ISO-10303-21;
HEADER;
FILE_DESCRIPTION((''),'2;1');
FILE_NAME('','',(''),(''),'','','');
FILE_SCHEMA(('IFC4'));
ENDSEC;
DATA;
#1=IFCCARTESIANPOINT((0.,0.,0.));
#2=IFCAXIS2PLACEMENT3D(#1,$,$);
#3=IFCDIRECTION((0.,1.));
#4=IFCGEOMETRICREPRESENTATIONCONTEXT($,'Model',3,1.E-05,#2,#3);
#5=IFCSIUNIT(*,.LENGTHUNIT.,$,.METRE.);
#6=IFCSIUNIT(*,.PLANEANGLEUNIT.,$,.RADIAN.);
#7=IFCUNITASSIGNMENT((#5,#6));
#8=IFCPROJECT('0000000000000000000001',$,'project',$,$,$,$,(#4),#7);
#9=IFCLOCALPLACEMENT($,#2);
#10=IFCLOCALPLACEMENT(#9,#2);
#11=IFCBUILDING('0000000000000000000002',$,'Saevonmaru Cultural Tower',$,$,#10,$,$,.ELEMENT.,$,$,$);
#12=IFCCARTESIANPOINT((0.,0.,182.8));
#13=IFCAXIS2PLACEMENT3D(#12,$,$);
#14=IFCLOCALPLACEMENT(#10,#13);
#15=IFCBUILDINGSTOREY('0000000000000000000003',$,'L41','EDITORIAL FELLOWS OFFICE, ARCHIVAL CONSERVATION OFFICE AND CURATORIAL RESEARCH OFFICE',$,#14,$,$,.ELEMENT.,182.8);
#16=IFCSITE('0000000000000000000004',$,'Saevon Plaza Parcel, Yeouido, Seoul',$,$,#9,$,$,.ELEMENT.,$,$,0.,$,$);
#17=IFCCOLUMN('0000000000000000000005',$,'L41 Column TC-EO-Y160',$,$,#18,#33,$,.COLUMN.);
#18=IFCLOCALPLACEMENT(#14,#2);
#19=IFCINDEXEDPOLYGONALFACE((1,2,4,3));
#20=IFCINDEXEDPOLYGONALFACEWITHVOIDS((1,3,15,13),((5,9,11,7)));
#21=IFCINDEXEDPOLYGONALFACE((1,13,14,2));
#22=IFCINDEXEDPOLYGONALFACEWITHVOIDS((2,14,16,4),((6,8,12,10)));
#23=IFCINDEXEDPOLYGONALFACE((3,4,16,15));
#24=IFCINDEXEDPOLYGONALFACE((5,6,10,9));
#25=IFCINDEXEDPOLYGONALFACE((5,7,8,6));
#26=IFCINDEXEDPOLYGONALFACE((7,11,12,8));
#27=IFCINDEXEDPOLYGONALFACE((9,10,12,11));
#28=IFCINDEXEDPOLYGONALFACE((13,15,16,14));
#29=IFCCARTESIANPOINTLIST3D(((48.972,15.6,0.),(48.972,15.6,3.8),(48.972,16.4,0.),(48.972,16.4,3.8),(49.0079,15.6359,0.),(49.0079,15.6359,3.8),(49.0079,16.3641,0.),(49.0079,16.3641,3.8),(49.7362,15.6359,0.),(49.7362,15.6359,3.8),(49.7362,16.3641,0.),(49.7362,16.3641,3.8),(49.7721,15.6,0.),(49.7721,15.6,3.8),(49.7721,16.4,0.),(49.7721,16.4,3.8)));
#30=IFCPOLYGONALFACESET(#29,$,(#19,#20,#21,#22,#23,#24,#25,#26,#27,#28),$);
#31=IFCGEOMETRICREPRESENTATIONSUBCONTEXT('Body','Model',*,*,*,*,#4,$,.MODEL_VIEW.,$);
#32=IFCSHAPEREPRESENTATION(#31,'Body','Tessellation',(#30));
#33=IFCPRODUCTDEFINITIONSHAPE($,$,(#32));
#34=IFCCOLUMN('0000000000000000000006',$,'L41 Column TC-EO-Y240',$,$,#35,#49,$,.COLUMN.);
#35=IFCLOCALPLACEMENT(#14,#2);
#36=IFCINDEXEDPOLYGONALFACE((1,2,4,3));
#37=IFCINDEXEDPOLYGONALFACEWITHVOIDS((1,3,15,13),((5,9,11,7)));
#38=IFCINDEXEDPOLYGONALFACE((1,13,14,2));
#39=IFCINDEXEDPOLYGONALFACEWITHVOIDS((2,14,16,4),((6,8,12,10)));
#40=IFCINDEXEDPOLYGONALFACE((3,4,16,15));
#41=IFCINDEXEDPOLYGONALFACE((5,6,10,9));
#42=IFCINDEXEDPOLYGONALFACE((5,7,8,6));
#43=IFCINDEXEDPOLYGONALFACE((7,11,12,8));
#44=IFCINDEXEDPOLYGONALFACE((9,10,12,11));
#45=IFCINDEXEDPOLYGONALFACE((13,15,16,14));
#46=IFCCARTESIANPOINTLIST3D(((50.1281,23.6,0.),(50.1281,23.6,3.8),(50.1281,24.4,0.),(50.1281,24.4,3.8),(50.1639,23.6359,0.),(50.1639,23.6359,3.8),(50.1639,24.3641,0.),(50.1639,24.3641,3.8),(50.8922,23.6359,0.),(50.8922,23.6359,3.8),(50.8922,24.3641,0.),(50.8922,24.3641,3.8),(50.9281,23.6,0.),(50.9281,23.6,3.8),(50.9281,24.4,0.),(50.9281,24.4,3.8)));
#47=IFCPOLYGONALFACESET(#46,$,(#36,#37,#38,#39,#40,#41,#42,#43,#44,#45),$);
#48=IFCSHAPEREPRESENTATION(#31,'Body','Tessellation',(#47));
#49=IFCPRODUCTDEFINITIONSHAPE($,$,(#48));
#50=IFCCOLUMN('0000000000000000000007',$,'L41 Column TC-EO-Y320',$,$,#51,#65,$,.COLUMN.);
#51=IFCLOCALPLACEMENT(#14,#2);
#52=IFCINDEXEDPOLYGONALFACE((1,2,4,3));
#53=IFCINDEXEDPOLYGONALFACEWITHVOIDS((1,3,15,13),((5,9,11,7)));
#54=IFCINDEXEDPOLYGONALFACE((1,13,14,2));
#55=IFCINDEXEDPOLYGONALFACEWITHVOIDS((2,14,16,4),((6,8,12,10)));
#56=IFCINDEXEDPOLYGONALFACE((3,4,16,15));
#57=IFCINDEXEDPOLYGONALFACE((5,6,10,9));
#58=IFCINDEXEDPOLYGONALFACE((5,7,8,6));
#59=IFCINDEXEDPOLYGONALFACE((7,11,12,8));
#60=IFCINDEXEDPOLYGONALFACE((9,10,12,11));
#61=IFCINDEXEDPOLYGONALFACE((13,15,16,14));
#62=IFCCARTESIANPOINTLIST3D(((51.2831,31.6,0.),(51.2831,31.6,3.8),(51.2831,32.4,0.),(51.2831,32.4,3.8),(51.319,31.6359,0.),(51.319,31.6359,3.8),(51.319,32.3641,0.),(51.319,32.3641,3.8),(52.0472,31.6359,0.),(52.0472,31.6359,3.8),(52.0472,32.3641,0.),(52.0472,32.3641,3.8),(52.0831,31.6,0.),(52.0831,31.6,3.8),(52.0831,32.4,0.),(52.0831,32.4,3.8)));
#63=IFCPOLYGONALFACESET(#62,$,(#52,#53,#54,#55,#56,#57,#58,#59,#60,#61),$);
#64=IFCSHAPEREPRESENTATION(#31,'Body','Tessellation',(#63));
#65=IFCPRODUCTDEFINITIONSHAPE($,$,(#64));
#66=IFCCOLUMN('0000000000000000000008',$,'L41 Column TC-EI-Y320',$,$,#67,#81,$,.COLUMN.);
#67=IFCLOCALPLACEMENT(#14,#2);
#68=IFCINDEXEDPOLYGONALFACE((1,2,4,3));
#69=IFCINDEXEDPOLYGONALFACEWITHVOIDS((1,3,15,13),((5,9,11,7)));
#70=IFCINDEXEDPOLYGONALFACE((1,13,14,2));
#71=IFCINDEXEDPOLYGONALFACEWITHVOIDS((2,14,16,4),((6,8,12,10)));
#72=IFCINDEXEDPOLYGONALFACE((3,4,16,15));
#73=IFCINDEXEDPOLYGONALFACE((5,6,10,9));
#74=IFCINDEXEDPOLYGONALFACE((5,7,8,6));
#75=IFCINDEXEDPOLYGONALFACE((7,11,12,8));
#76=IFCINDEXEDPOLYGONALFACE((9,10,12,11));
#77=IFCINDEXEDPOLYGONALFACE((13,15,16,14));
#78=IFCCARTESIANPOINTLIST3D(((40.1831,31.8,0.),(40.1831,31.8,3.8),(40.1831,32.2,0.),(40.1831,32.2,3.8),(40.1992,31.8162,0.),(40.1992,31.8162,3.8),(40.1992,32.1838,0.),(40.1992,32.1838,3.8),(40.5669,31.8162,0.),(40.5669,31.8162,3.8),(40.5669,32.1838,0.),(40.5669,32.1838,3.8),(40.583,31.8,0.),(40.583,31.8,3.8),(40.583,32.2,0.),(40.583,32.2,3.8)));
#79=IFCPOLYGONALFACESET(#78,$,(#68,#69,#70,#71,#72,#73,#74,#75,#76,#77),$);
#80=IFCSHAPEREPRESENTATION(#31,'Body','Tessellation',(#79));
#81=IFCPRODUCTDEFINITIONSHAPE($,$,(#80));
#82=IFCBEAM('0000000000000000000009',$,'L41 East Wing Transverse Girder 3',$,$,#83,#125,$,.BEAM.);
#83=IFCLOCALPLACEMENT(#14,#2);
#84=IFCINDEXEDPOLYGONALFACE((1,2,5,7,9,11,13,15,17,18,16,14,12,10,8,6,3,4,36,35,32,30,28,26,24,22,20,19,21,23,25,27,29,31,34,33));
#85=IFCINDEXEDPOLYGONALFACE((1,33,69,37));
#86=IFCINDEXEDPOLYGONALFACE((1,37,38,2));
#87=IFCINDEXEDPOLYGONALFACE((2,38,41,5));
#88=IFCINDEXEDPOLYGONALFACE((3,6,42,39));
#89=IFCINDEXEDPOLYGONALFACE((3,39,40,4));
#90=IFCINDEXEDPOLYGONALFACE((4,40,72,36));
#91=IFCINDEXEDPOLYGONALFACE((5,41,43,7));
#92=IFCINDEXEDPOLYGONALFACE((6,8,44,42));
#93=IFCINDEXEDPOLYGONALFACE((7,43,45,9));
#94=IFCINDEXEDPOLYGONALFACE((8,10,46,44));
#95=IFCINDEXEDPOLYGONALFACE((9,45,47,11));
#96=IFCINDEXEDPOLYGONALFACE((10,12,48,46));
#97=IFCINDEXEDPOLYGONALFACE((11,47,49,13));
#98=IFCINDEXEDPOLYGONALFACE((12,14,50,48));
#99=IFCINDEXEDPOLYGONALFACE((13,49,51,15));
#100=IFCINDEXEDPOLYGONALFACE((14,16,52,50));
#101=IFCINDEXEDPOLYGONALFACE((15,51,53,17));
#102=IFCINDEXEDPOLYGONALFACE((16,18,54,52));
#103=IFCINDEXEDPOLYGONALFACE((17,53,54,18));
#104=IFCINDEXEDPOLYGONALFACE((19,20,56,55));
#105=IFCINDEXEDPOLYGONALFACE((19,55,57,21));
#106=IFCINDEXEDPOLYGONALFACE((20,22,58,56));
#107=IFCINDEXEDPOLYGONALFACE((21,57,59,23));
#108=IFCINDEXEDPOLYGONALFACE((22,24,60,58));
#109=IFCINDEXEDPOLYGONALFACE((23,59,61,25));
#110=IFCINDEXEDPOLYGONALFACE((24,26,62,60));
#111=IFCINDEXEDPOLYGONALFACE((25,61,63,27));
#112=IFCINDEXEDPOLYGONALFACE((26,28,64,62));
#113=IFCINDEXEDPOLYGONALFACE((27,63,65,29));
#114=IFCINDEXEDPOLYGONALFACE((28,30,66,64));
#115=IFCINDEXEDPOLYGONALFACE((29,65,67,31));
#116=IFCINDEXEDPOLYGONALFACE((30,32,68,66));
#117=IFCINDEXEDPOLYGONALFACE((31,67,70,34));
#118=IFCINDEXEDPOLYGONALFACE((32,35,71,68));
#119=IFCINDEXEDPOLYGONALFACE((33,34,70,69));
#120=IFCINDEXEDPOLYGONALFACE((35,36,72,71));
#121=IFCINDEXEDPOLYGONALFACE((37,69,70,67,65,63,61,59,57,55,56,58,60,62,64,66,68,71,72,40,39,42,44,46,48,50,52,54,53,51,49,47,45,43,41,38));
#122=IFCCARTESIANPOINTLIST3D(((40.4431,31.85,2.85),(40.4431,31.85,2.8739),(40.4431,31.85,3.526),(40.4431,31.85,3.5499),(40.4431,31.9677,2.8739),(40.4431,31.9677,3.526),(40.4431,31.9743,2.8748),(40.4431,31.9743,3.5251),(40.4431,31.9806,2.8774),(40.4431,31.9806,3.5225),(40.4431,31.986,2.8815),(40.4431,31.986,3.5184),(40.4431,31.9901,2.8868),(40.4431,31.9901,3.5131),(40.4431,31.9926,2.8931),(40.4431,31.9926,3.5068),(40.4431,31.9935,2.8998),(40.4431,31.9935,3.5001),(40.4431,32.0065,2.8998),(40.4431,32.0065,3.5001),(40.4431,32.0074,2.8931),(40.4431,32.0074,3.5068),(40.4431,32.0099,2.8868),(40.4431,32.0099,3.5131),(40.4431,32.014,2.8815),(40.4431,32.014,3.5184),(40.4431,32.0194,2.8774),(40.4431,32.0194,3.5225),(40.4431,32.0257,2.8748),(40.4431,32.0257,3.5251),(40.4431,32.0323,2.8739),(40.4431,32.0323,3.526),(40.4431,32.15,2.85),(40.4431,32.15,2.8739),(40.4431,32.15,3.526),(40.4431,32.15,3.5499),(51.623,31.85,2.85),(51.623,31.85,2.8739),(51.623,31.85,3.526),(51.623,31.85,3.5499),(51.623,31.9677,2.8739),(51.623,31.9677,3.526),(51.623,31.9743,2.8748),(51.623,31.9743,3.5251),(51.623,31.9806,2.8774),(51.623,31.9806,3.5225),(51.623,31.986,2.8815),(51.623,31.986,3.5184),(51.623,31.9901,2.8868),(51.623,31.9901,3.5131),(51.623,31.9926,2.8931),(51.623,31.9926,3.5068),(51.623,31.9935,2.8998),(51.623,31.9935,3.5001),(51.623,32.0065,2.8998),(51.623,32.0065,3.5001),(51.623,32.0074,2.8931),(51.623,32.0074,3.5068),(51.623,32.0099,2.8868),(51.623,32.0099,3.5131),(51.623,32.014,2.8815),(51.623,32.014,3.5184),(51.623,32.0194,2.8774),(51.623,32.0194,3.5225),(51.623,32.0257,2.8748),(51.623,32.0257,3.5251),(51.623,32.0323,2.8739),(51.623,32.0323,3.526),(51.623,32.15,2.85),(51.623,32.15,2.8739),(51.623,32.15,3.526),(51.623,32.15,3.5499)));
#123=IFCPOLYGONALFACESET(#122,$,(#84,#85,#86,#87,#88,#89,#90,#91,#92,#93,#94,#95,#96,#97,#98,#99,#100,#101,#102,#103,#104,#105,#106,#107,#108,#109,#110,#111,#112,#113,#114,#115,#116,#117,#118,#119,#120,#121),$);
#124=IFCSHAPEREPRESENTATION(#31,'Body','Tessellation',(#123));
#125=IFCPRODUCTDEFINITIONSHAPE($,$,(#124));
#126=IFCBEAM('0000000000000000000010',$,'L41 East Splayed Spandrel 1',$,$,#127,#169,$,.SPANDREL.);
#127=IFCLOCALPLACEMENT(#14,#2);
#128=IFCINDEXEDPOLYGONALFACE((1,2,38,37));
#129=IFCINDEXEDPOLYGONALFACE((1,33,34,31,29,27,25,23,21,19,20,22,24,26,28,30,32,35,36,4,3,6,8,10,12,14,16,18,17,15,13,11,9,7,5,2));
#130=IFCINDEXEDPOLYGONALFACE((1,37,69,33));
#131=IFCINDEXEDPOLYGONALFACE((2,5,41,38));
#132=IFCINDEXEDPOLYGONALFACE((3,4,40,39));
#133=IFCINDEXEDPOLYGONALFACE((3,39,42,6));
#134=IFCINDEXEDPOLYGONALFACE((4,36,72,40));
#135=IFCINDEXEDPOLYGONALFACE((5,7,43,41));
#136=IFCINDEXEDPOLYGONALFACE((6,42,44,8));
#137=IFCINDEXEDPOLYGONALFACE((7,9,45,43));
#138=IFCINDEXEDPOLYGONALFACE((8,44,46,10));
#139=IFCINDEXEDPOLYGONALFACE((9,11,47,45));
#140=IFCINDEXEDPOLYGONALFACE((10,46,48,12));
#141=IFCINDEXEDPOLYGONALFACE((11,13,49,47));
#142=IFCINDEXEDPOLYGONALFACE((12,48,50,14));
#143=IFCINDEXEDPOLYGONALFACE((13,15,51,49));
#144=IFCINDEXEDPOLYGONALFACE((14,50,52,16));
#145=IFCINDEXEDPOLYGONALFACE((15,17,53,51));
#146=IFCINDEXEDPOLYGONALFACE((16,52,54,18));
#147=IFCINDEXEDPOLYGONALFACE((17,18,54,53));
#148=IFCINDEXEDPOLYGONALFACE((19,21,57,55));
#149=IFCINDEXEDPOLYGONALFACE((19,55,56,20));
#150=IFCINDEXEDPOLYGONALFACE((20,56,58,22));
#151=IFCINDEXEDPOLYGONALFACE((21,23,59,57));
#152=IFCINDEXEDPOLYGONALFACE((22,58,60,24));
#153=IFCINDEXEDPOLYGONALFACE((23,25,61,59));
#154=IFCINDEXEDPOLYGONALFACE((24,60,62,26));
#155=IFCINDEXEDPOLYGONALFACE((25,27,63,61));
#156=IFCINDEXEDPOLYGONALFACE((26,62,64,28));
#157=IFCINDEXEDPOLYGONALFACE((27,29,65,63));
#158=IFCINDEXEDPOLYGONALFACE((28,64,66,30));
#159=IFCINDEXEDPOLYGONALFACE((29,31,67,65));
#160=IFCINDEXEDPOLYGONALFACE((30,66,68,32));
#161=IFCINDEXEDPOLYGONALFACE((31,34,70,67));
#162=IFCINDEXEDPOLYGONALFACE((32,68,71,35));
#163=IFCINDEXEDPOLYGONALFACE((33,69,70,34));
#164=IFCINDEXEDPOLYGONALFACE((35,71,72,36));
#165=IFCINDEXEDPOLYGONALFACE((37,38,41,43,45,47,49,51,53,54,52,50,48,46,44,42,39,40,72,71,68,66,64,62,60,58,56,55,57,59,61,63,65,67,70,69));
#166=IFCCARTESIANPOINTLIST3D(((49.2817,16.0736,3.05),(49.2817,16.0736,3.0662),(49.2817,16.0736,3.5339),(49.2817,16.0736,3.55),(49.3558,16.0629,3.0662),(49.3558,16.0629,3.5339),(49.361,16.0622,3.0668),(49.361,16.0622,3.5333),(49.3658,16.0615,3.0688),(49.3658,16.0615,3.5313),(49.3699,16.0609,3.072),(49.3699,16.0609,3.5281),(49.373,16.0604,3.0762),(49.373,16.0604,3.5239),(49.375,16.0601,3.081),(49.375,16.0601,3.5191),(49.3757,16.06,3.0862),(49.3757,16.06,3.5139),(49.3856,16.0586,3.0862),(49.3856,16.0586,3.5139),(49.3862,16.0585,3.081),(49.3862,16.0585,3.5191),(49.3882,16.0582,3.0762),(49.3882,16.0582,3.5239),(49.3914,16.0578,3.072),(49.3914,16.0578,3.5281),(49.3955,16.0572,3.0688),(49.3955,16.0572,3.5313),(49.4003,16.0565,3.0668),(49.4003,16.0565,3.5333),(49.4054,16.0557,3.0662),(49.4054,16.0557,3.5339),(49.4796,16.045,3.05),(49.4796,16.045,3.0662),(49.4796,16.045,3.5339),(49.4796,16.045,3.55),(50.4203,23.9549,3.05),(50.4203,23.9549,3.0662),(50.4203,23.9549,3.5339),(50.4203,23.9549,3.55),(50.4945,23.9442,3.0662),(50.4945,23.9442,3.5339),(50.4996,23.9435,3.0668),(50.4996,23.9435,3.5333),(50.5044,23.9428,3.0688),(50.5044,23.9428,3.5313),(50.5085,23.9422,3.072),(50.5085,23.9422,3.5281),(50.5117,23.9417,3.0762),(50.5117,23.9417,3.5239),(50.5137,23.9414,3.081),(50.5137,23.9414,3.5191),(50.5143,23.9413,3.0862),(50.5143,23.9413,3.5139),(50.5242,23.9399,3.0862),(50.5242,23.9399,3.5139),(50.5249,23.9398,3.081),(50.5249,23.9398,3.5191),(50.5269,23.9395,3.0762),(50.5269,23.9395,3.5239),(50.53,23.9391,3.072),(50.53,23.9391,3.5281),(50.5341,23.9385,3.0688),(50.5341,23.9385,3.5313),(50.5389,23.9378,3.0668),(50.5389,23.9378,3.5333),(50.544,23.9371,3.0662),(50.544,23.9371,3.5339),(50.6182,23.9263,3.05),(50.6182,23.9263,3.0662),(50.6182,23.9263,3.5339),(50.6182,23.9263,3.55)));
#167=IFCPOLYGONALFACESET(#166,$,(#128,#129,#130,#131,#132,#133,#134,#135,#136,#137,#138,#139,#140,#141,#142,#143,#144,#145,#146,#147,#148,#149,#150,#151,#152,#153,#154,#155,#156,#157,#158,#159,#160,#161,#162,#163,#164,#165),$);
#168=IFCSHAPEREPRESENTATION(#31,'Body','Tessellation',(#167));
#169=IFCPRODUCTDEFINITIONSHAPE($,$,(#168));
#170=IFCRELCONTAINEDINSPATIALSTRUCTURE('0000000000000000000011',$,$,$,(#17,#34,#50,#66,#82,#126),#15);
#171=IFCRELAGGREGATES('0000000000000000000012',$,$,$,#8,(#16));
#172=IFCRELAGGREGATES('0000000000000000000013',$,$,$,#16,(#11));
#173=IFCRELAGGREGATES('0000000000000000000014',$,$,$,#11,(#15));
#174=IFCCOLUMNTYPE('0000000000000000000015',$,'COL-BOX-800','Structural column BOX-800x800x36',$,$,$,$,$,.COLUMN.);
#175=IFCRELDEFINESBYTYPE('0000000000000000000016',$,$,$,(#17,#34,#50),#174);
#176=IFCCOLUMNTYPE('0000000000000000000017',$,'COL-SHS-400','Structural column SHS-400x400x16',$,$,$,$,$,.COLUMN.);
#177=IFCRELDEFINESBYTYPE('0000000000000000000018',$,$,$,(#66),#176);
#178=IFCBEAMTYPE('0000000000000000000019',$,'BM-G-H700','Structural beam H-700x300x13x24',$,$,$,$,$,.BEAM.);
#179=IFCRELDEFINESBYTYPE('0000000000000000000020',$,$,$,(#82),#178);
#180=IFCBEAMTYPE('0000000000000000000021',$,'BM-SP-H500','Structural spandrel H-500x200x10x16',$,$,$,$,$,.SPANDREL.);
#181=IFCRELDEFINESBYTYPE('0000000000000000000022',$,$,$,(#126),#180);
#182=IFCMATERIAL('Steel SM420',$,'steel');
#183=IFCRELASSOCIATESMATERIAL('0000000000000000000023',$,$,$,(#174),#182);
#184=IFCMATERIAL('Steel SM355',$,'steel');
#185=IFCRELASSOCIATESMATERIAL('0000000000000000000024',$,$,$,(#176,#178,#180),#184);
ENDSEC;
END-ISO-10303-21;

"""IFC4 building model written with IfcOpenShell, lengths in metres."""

from ifc_helpers import new_model, si_unit, direction, frame, origin, origin_2d, place, context, subcontext, project, spatial, hollow_rectangle, i_section, extrude, material, material_profile, profile_set, type_object, element, save


model = new_model("IFC4")

# Units and contexts
model_context = context("Model", 3, precision=1e-05, world=origin(), true_north=direction((0.0, 1.0)))
body_context = subcontext(model_context, "Body", "Model", "MODEL_VIEW")
ifc_project = project(units=[si_unit("LENGTHUNIT", "METRE"), si_unit("PLANEANGLEUNIT", "RADIAN")], contexts=[model_context])

# Site, building, storey
site_placement = place(None, origin())
site = spatial("IfcSite", under=ifc_project, at=site_placement, Name="Saevon Plaza Parcel, Yeouido, Seoul", CompositionType="ELEMENT", RefElevation=0.0)
building_placement = place(site_placement, origin())
building = spatial("IfcBuilding", under=site, at=building_placement, Name="Saevonmaru Cultural Tower", CompositionType="ELEMENT")
storey_placement = place(building_placement, frame((0.0, 0.0, 182.8)))
storey = spatial("IfcBuildingStorey", under=building, at=storey_placement, Name="L41", Description="EDITORIAL FELLOWS OFFICE, ARCHIVAL CONSERVATION OFFICE AND CURATORIAL RESEARCH OFFICE", CompositionType="ELEMENT", Elevation=182.8)

# Columns
ifc_material_1 = material(Name="Steel SM420", Category="steel")
ifc_material_profile_1 = material_profile(ifc_material_1, hollow_rectangle(XDim=0.8, YDim=0.8, WallThickness=0.0359, at=origin_2d()), Name="BOX-800x800x36")
ifc_profile_set_1 = profile_set([ifc_material_profile_1], Name="Steel SM420")
column_type_1 = type_object("IfcColumnType", Name="COL-BOX-800", Description="Structural column BOX-800x800x36", PredefinedType="COLUMN", material=ifc_profile_set_1)
for number, where, z_axis, x_axis, name in (
    (1, (49.3721, 16.0, 0.0), (0.0, 0.0, 1.0), (1.0, 0.0, 0.0), "L41 Column TC-EO-Y160"),
    (2, (50.5281, 24.0, 0.0), (0.0, 0.0, 1.0), (1.0, 0.0, 0.0), "L41 Column TC-EO-Y240"),
    (3, (51.6831, 32.0, 0.0), (0.0, 0.0, 1.0), (1.0, 0.0, 0.0), "L41 Column TC-EO-Y320"),
):
    element("IfcColumn", number, at=place(storey_placement, frame(where, z_axis=z_axis, x_axis=x_axis)), inside=storey, type_object=column_type_1, Name=name, PredefinedType="COLUMN", context=body_context, shape_type="SweptSolid", body=[
        extrude(hollow_rectangle(XDim=0.8, YDim=0.8, WallThickness=0.0359, at=origin_2d()), origin(), (0.0, 0.0, 1.0), 3.8),
    ])
ifc_material_2 = material(Name="Steel SM355", Category="steel")
ifc_material_profile_2 = material_profile(ifc_material_2, hollow_rectangle(XDim=0.3999, YDim=0.3999, WallThickness=0.0161, at=origin_2d()), Name="SHS-400x400x16")
ifc_profile_set_2 = profile_set([ifc_material_profile_2], Name="Steel SM355")
column_type_2 = type_object("IfcColumnType", Name="COL-SHS-400", Description="Structural column SHS-400x400x16", PredefinedType="COLUMN", material=ifc_profile_set_2)
column_placement = place(storey_placement, frame((40.3831, 32.0, 0.0), z_axis=(0.0, 0.0, 1.0), x_axis=(1.0, 0.0, 0.0)))
element("IfcColumn", 4, at=column_placement, inside=storey, type_object=column_type_2, Name="L41 Column TC-EI-Y320", PredefinedType="COLUMN", context=body_context, shape_type="SweptSolid", body=[
    extrude(hollow_rectangle(XDim=0.3999, YDim=0.3999, WallThickness=0.0161, at=origin_2d()), origin(), (0.0, 0.0, 1.0), 3.8),
])

# Beams
ifc_material_profile_3 = material_profile(ifc_material_2, i_section(OverallWidth=0.3, OverallDepth=0.7, WebThickness=0.0129, FlangeThickness=0.0239, FilletRadius=0.0259, at=origin_2d()), Name="H-700x300x13x24")
ifc_profile_set_3 = profile_set([ifc_material_profile_3], Name="Steel SM355")
beam_type_1 = type_object("IfcBeamType", Name="BM-G-H700", Description="Structural beam H-700x300x13x24", PredefinedType="BEAM", material=ifc_profile_set_3)
beam_placement = place(storey_placement, frame((40.4431, 32.0, 3.2), z_axis=(1.0, 0.0, 0.0), x_axis=(0.0, 1.0, 0.0)))
element("IfcBeam", 5, at=beam_placement, inside=storey, type_object=beam_type_1, Name="L41 East Wing Transverse Girder 3", PredefinedType="BEAM", context=body_context, shape_type="SweptSolid", body=[
    extrude(i_section(OverallWidth=0.3, OverallDepth=0.7, WebThickness=0.0129, FlangeThickness=0.0239, FilletRadius=0.0259, at=origin_2d()), origin(), (0.0, 0.0, 1.0), 11.1799),
])
ifc_material_profile_4 = material_profile(ifc_material_2, i_section(OverallWidth=0.2, OverallDepth=0.5, WebThickness=0.01, FlangeThickness=0.0161, FilletRadius=0.02, at=origin_2d()), Name="H-500x200x10x16")
ifc_profile_set_4 = profile_set([ifc_material_profile_4], Name="Steel SM355")
beam_type_2 = type_object("IfcBeamType", Name="BM-SP-H500", Description="Structural spandrel H-500x200x10x16", PredefinedType="SPANDREL", material=ifc_profile_set_4)
for number, where, z_axis, x_axis, name in (
    (6, (49.3806, 16.0593, 3.3), (0.142992, 0.989724, 0.0), (-0.989724, 0.142992, 0.0), "L41 East Splayed Spandrel 1"),
):
    element("IfcBeam", number, at=place(storey_placement, frame(where, z_axis=z_axis, x_axis=x_axis)), inside=storey, type_object=beam_type_2, Name=name, PredefinedType="SPANDREL", context=body_context, shape_type="SweptSolid", body=[
        extrude(i_section(OverallWidth=0.2, OverallDepth=0.5, WebThickness=0.01, FlangeThickness=0.0161, FilletRadius=0.02, at=origin_2d()), origin(), (0.0, 0.0, 1.0), 7.9631),
    ])

save(model, "model.ifc")
